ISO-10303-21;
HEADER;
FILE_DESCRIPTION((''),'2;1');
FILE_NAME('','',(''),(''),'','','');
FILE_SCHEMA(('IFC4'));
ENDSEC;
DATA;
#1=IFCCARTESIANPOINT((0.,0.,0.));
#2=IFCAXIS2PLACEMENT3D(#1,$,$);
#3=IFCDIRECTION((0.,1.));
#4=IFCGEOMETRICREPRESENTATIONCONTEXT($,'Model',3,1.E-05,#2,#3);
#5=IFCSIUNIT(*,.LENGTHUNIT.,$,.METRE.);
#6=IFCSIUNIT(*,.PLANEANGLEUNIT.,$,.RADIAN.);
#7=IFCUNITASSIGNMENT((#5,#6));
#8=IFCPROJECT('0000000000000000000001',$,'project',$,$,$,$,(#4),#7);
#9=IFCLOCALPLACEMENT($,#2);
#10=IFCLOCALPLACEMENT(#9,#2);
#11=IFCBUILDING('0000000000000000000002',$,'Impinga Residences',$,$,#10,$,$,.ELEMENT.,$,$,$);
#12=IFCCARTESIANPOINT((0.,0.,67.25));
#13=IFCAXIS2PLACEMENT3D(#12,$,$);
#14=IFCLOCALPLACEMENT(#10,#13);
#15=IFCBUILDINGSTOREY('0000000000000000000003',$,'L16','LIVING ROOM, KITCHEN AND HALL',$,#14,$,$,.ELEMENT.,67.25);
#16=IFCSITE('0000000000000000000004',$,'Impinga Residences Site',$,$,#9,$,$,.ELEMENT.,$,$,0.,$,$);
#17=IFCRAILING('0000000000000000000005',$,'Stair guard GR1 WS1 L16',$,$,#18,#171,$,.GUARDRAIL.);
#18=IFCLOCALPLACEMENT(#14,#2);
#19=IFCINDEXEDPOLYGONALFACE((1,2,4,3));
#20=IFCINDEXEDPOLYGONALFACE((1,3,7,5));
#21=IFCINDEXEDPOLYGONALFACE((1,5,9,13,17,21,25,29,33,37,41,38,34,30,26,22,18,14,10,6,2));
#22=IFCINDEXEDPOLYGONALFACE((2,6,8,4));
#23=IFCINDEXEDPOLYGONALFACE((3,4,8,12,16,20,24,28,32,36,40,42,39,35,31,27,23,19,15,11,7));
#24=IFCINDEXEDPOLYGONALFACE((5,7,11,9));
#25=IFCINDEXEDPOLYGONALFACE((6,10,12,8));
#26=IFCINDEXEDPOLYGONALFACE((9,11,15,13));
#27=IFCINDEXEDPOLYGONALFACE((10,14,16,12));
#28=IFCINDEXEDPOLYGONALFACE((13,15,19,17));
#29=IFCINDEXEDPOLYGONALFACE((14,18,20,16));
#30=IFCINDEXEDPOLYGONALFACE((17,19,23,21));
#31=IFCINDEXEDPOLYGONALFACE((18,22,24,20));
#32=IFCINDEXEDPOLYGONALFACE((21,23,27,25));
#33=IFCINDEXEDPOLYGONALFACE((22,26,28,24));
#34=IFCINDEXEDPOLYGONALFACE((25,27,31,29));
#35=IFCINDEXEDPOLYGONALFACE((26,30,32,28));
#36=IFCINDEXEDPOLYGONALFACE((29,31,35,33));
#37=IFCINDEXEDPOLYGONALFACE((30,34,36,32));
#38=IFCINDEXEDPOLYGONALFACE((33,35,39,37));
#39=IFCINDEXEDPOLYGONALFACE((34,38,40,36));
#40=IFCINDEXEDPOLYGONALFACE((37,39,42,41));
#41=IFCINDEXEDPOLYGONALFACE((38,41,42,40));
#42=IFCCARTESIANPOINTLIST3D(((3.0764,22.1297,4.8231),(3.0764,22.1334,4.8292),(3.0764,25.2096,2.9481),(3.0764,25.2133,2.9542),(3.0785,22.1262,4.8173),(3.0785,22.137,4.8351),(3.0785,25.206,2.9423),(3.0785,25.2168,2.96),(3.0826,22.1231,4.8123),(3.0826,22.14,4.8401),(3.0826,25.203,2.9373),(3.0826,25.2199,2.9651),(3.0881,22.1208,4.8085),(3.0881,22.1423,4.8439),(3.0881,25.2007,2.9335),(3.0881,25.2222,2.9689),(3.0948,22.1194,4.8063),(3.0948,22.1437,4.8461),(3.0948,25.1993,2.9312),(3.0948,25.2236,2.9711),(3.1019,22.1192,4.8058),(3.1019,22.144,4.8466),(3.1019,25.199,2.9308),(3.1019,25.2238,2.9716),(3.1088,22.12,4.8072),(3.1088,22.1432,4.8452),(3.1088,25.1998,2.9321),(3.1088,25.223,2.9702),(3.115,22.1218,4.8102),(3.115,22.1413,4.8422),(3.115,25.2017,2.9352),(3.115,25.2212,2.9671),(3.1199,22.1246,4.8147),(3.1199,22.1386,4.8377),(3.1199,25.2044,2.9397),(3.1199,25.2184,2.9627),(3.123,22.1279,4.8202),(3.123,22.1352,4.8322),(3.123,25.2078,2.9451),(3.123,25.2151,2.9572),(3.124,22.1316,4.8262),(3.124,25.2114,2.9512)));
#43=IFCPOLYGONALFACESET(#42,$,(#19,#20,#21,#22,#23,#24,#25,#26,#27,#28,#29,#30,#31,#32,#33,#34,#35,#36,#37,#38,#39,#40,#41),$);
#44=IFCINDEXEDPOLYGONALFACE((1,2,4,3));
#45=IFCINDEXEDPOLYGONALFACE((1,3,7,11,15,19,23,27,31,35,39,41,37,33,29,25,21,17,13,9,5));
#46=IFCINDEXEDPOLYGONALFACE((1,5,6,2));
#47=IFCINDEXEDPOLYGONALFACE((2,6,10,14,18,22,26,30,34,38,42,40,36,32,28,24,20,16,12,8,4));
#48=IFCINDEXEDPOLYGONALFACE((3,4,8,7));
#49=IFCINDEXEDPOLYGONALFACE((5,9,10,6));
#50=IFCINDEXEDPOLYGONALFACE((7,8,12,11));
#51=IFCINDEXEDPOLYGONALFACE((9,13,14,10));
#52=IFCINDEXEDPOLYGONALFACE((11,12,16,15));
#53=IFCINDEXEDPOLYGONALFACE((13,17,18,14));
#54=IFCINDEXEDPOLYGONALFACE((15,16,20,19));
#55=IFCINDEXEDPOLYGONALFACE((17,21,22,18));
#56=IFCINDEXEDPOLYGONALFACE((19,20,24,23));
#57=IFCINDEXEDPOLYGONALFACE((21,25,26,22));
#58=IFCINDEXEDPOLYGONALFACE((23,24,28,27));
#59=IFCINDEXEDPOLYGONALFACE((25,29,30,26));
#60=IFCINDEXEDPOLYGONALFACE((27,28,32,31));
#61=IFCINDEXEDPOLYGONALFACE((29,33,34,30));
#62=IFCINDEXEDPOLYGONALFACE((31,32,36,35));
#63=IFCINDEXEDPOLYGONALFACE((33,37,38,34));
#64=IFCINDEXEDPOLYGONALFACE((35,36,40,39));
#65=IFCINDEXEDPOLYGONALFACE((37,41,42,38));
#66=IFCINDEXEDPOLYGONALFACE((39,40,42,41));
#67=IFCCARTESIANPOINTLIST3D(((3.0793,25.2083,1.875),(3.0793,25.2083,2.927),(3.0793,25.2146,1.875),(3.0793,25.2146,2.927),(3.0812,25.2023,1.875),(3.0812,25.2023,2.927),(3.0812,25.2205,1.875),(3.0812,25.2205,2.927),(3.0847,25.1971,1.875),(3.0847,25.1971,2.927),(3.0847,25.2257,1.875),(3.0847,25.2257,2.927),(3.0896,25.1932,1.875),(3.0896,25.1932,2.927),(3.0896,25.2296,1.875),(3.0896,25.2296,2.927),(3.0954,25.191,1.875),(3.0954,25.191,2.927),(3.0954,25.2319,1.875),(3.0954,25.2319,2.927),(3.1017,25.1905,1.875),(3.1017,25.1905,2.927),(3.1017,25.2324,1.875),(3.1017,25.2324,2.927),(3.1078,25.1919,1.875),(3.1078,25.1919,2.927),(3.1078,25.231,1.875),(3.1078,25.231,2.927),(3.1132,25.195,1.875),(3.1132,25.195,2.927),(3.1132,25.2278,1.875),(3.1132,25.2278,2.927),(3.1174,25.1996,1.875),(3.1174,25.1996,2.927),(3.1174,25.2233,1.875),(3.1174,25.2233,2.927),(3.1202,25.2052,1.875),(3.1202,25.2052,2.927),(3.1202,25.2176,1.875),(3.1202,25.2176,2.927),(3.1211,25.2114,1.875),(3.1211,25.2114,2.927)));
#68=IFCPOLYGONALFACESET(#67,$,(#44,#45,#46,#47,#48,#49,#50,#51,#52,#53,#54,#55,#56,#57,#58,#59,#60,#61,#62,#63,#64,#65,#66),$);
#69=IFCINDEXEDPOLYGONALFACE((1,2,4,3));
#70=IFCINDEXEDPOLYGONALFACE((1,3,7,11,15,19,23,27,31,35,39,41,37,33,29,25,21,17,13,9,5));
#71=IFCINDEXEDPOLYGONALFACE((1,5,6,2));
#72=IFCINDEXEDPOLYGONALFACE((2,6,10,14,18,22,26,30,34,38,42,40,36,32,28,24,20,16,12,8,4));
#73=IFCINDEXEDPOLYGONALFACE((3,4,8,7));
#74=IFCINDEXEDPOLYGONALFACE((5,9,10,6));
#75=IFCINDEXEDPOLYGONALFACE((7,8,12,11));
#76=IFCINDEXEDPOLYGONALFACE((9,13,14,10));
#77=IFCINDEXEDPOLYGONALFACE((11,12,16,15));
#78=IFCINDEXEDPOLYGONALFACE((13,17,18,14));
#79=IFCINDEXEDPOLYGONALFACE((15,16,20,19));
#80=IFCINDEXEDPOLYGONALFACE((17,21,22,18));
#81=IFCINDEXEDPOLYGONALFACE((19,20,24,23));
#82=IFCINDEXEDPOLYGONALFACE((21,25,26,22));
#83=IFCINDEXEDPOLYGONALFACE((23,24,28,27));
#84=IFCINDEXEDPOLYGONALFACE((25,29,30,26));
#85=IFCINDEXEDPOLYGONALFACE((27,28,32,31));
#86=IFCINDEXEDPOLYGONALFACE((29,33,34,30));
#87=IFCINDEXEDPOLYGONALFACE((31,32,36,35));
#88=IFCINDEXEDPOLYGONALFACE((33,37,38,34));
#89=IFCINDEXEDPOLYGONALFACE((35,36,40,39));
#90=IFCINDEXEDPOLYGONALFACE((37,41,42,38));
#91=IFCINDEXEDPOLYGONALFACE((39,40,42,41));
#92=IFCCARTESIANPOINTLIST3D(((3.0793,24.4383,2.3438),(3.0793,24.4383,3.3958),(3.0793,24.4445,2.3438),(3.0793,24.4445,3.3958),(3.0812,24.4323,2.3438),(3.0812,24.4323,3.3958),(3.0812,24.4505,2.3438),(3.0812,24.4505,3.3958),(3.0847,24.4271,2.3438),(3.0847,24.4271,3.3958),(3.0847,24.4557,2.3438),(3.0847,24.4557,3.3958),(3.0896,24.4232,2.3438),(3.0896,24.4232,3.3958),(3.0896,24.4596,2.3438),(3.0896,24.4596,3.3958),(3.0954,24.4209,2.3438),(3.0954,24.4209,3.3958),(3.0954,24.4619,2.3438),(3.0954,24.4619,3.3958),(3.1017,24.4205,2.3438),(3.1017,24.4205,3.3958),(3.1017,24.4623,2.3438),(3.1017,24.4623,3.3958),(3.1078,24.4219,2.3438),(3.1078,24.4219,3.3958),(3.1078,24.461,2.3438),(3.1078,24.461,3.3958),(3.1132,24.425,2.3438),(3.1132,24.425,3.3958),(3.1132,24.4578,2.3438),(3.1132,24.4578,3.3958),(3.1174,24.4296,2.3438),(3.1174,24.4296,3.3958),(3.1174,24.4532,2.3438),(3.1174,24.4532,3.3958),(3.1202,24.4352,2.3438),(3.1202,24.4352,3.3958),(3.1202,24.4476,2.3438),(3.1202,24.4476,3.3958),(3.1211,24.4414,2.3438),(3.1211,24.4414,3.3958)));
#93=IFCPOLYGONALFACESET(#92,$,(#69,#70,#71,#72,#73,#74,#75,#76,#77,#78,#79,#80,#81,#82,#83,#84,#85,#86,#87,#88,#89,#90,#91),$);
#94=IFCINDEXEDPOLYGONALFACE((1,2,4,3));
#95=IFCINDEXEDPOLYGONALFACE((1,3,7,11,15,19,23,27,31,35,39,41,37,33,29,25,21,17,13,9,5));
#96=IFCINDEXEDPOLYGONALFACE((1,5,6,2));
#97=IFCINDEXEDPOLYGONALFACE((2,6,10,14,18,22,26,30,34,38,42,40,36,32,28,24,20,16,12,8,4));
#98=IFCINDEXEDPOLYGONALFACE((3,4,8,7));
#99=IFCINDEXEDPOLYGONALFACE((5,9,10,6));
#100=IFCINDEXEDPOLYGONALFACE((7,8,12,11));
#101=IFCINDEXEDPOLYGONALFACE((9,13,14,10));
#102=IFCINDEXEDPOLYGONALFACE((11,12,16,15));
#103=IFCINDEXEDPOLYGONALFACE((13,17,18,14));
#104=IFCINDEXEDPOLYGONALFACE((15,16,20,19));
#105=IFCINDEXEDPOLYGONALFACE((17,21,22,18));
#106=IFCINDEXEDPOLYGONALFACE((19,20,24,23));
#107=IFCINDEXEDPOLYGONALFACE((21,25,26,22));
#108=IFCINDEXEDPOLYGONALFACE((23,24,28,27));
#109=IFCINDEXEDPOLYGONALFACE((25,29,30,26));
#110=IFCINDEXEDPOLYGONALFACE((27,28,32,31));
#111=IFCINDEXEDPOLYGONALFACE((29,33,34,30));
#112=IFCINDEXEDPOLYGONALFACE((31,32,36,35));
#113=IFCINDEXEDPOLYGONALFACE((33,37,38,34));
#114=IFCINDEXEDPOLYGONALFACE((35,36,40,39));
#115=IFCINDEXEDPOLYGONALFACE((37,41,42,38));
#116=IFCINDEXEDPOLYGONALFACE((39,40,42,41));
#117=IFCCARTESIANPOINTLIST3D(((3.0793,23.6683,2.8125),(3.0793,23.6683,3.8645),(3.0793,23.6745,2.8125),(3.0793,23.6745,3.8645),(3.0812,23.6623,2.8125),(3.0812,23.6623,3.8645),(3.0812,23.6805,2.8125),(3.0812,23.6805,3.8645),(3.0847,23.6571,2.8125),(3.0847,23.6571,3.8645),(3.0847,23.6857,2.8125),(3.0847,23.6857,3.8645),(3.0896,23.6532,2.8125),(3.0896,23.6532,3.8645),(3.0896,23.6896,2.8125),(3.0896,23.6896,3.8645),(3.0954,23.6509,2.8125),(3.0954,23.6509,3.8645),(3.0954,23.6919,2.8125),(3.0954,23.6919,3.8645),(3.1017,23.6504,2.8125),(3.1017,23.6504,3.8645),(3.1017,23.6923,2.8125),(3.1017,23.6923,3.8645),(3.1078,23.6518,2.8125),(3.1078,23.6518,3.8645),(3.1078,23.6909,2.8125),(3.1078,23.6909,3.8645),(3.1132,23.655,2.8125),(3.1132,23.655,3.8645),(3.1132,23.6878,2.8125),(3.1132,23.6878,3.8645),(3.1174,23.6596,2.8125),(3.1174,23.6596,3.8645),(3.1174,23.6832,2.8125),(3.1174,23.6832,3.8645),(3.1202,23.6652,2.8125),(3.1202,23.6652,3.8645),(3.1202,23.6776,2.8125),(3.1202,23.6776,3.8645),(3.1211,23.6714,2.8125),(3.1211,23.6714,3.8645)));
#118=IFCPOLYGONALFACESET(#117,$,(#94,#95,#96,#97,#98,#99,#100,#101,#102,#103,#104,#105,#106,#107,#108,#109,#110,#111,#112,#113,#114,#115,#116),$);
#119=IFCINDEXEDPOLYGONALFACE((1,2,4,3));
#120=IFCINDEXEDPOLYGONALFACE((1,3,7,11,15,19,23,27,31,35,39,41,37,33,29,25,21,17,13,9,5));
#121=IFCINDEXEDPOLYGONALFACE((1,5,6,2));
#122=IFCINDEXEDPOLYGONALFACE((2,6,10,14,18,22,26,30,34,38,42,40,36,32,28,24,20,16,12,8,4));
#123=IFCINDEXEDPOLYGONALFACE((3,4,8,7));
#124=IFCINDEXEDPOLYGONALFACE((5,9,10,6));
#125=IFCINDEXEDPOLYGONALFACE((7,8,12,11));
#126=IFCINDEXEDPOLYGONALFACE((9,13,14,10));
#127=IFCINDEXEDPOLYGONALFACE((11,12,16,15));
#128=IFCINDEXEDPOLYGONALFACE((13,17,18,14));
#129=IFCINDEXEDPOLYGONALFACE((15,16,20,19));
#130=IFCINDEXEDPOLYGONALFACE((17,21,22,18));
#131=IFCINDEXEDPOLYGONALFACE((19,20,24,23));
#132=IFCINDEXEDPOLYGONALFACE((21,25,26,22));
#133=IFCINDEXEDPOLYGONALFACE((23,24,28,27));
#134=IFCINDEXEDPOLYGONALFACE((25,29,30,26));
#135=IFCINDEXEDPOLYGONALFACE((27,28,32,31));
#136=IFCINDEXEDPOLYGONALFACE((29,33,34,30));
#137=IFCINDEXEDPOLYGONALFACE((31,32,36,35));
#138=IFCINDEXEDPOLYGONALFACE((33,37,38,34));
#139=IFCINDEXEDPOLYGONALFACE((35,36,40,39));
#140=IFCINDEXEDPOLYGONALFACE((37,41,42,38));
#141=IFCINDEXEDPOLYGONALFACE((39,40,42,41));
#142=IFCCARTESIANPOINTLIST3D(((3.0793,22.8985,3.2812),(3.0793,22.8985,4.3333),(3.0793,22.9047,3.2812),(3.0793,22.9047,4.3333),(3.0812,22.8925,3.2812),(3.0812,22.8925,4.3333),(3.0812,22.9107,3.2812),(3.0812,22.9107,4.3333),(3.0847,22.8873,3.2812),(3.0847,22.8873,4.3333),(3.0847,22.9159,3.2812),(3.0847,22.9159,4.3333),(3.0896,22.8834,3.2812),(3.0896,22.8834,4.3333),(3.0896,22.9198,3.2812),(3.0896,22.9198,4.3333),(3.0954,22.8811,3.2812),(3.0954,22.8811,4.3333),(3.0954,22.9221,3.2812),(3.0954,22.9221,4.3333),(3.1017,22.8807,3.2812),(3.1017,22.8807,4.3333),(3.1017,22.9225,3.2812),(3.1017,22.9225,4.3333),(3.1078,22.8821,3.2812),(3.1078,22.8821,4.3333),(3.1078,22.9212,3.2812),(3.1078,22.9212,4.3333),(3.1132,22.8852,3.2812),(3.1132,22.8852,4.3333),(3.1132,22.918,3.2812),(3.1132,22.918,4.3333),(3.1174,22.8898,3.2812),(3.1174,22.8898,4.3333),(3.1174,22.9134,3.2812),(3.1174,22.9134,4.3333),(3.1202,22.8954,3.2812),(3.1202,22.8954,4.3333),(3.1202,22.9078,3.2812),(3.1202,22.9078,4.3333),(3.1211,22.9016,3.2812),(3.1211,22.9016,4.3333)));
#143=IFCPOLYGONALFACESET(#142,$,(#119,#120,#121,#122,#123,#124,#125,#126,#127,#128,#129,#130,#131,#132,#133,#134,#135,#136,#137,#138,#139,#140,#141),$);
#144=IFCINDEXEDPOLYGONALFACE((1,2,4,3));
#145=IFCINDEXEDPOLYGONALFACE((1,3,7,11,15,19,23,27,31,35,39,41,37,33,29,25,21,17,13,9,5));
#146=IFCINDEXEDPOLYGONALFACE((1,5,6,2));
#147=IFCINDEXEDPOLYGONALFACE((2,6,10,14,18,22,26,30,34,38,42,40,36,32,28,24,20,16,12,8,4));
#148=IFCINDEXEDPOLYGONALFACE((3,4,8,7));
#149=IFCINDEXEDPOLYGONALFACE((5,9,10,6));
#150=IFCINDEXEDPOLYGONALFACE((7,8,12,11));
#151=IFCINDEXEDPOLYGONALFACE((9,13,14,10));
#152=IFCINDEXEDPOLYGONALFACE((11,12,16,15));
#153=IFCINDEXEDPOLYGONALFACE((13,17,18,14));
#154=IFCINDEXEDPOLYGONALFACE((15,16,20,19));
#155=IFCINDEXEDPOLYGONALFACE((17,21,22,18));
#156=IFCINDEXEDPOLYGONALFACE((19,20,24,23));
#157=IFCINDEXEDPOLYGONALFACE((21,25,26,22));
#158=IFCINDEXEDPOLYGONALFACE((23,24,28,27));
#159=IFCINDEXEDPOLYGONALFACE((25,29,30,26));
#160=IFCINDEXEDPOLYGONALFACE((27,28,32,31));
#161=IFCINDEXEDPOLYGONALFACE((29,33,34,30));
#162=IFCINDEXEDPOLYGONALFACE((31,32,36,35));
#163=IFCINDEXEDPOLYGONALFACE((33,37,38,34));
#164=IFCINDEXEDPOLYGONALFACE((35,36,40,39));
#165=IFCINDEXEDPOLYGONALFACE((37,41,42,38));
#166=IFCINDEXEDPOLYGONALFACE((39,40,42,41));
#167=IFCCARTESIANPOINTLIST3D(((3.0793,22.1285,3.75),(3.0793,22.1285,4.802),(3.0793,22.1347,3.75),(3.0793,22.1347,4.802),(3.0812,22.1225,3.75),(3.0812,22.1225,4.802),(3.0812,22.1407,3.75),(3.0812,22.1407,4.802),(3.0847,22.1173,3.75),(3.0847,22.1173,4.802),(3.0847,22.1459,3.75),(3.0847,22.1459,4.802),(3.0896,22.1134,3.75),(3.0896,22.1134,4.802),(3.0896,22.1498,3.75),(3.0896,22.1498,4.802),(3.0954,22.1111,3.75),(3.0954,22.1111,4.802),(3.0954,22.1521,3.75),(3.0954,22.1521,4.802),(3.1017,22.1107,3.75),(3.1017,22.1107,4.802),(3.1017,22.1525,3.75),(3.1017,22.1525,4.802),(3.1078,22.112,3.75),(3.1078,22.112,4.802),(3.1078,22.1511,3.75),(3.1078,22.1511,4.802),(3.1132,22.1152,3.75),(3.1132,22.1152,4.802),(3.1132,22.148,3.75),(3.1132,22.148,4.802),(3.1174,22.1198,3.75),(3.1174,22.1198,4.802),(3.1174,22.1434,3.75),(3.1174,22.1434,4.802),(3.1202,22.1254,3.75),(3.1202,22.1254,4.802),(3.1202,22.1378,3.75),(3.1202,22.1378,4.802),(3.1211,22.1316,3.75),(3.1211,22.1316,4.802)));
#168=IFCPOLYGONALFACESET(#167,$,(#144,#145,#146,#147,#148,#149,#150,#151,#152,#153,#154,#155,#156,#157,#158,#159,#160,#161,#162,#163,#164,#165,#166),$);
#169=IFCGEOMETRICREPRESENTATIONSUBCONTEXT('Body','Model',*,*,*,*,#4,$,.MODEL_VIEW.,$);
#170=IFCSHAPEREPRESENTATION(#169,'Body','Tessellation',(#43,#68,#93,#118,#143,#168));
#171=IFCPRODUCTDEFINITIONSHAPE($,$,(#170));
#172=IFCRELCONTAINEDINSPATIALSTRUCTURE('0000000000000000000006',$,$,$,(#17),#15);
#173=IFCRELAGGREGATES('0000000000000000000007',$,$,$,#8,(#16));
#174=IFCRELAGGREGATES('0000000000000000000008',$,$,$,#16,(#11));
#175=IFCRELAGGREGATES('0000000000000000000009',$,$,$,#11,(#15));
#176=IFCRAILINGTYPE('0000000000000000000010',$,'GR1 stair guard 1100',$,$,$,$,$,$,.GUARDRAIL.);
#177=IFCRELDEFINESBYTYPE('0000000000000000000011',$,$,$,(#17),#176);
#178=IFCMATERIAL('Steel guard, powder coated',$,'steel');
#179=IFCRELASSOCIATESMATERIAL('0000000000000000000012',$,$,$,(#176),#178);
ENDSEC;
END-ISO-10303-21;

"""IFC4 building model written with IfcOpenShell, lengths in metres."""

from ifc_helpers import new_model, si_unit, direction, frame, origin, origin_2d, place, context, subcontext, project, spatial, circle, extrude, material, type_object, element, save


model = new_model("IFC4")

# Units and contexts
model_context = context("Model", 3, precision=1e-05, world=origin(), true_north=direction((0.0, 1.0)))
body_context = subcontext(model_context, "Body", "Model", "MODEL_VIEW")
ifc_project = project(units=[si_unit("LENGTHUNIT", "METRE"), si_unit("PLANEANGLEUNIT", "RADIAN")], contexts=[model_context])

# Site, building, storey
site_placement = place(None, origin())
site = spatial("IfcSite", under=ifc_project, at=site_placement, Name="Impinga Residences Site", CompositionType="ELEMENT", RefElevation=0.0)
building_placement = place(site_placement, origin())
building = spatial("IfcBuilding", under=site, at=building_placement, Name="Impinga Residences", CompositionType="ELEMENT")
storey_placement = place(building_placement, frame((0.0, 0.0, 67.25)))
storey = spatial("IfcBuildingStorey", under=building, at=storey_placement, Name="L16", Description="LIVING ROOM, KITCHEN AND HALL", CompositionType="ELEMENT", Elevation=67.25)

# Railing
ifc_material_1 = material(Name="Steel guard, powder coated", Category="steel")
railing_type_1 = type_object("IfcRailingType", Name="GR1 stair guard 1100", PredefinedType="GUARDRAIL", material=ifc_material_1)
railing_1_placement = place(storey_placement, frame((3.1001, 25.2114, 1.875)))
element("IfcRailing", 1, at=railing_1_placement, inside=storey, type_object=railing_type_1, Name="Stair guard GR1 WS1 L16", PredefinedType="GUARDRAIL", context=body_context, shape_type="SweptSolid", body=[
    extrude(circle(Radius=0.0239, at=origin_2d()), frame((0.0, 0.0, 1.0762), z_axis=(0.0, -0.854159, 0.520011), x_axis=(1.0, 0.0, 0.0)), (0.0, 0.0, 1.0), 3.6057),
    extrude(circle(Radius=0.021, at=origin_2d()), origin(), (0.0, 0.0, 1.0), 1.052),
    extrude(circle(Radius=0.021, at=origin_2d()), frame((0.0, -0.77, 0.4688)), (0.0, 0.0, 1.0), 1.052),
    extrude(circle(Radius=0.021, at=origin_2d()), frame((0.0, -1.54, 0.9375)), (0.0, 0.0, 1.0), 1.052),
    extrude(circle(Radius=0.021, at=origin_2d()), frame((0.0, -2.3098, 1.4062)), (0.0, 0.0, 1.0), 1.052),
    extrude(circle(Radius=0.021, at=origin_2d()), frame((0.0, -3.0798, 1.875)), (0.0, 0.0, 1.0), 1.052),
])

save(model, "model.ifc")
